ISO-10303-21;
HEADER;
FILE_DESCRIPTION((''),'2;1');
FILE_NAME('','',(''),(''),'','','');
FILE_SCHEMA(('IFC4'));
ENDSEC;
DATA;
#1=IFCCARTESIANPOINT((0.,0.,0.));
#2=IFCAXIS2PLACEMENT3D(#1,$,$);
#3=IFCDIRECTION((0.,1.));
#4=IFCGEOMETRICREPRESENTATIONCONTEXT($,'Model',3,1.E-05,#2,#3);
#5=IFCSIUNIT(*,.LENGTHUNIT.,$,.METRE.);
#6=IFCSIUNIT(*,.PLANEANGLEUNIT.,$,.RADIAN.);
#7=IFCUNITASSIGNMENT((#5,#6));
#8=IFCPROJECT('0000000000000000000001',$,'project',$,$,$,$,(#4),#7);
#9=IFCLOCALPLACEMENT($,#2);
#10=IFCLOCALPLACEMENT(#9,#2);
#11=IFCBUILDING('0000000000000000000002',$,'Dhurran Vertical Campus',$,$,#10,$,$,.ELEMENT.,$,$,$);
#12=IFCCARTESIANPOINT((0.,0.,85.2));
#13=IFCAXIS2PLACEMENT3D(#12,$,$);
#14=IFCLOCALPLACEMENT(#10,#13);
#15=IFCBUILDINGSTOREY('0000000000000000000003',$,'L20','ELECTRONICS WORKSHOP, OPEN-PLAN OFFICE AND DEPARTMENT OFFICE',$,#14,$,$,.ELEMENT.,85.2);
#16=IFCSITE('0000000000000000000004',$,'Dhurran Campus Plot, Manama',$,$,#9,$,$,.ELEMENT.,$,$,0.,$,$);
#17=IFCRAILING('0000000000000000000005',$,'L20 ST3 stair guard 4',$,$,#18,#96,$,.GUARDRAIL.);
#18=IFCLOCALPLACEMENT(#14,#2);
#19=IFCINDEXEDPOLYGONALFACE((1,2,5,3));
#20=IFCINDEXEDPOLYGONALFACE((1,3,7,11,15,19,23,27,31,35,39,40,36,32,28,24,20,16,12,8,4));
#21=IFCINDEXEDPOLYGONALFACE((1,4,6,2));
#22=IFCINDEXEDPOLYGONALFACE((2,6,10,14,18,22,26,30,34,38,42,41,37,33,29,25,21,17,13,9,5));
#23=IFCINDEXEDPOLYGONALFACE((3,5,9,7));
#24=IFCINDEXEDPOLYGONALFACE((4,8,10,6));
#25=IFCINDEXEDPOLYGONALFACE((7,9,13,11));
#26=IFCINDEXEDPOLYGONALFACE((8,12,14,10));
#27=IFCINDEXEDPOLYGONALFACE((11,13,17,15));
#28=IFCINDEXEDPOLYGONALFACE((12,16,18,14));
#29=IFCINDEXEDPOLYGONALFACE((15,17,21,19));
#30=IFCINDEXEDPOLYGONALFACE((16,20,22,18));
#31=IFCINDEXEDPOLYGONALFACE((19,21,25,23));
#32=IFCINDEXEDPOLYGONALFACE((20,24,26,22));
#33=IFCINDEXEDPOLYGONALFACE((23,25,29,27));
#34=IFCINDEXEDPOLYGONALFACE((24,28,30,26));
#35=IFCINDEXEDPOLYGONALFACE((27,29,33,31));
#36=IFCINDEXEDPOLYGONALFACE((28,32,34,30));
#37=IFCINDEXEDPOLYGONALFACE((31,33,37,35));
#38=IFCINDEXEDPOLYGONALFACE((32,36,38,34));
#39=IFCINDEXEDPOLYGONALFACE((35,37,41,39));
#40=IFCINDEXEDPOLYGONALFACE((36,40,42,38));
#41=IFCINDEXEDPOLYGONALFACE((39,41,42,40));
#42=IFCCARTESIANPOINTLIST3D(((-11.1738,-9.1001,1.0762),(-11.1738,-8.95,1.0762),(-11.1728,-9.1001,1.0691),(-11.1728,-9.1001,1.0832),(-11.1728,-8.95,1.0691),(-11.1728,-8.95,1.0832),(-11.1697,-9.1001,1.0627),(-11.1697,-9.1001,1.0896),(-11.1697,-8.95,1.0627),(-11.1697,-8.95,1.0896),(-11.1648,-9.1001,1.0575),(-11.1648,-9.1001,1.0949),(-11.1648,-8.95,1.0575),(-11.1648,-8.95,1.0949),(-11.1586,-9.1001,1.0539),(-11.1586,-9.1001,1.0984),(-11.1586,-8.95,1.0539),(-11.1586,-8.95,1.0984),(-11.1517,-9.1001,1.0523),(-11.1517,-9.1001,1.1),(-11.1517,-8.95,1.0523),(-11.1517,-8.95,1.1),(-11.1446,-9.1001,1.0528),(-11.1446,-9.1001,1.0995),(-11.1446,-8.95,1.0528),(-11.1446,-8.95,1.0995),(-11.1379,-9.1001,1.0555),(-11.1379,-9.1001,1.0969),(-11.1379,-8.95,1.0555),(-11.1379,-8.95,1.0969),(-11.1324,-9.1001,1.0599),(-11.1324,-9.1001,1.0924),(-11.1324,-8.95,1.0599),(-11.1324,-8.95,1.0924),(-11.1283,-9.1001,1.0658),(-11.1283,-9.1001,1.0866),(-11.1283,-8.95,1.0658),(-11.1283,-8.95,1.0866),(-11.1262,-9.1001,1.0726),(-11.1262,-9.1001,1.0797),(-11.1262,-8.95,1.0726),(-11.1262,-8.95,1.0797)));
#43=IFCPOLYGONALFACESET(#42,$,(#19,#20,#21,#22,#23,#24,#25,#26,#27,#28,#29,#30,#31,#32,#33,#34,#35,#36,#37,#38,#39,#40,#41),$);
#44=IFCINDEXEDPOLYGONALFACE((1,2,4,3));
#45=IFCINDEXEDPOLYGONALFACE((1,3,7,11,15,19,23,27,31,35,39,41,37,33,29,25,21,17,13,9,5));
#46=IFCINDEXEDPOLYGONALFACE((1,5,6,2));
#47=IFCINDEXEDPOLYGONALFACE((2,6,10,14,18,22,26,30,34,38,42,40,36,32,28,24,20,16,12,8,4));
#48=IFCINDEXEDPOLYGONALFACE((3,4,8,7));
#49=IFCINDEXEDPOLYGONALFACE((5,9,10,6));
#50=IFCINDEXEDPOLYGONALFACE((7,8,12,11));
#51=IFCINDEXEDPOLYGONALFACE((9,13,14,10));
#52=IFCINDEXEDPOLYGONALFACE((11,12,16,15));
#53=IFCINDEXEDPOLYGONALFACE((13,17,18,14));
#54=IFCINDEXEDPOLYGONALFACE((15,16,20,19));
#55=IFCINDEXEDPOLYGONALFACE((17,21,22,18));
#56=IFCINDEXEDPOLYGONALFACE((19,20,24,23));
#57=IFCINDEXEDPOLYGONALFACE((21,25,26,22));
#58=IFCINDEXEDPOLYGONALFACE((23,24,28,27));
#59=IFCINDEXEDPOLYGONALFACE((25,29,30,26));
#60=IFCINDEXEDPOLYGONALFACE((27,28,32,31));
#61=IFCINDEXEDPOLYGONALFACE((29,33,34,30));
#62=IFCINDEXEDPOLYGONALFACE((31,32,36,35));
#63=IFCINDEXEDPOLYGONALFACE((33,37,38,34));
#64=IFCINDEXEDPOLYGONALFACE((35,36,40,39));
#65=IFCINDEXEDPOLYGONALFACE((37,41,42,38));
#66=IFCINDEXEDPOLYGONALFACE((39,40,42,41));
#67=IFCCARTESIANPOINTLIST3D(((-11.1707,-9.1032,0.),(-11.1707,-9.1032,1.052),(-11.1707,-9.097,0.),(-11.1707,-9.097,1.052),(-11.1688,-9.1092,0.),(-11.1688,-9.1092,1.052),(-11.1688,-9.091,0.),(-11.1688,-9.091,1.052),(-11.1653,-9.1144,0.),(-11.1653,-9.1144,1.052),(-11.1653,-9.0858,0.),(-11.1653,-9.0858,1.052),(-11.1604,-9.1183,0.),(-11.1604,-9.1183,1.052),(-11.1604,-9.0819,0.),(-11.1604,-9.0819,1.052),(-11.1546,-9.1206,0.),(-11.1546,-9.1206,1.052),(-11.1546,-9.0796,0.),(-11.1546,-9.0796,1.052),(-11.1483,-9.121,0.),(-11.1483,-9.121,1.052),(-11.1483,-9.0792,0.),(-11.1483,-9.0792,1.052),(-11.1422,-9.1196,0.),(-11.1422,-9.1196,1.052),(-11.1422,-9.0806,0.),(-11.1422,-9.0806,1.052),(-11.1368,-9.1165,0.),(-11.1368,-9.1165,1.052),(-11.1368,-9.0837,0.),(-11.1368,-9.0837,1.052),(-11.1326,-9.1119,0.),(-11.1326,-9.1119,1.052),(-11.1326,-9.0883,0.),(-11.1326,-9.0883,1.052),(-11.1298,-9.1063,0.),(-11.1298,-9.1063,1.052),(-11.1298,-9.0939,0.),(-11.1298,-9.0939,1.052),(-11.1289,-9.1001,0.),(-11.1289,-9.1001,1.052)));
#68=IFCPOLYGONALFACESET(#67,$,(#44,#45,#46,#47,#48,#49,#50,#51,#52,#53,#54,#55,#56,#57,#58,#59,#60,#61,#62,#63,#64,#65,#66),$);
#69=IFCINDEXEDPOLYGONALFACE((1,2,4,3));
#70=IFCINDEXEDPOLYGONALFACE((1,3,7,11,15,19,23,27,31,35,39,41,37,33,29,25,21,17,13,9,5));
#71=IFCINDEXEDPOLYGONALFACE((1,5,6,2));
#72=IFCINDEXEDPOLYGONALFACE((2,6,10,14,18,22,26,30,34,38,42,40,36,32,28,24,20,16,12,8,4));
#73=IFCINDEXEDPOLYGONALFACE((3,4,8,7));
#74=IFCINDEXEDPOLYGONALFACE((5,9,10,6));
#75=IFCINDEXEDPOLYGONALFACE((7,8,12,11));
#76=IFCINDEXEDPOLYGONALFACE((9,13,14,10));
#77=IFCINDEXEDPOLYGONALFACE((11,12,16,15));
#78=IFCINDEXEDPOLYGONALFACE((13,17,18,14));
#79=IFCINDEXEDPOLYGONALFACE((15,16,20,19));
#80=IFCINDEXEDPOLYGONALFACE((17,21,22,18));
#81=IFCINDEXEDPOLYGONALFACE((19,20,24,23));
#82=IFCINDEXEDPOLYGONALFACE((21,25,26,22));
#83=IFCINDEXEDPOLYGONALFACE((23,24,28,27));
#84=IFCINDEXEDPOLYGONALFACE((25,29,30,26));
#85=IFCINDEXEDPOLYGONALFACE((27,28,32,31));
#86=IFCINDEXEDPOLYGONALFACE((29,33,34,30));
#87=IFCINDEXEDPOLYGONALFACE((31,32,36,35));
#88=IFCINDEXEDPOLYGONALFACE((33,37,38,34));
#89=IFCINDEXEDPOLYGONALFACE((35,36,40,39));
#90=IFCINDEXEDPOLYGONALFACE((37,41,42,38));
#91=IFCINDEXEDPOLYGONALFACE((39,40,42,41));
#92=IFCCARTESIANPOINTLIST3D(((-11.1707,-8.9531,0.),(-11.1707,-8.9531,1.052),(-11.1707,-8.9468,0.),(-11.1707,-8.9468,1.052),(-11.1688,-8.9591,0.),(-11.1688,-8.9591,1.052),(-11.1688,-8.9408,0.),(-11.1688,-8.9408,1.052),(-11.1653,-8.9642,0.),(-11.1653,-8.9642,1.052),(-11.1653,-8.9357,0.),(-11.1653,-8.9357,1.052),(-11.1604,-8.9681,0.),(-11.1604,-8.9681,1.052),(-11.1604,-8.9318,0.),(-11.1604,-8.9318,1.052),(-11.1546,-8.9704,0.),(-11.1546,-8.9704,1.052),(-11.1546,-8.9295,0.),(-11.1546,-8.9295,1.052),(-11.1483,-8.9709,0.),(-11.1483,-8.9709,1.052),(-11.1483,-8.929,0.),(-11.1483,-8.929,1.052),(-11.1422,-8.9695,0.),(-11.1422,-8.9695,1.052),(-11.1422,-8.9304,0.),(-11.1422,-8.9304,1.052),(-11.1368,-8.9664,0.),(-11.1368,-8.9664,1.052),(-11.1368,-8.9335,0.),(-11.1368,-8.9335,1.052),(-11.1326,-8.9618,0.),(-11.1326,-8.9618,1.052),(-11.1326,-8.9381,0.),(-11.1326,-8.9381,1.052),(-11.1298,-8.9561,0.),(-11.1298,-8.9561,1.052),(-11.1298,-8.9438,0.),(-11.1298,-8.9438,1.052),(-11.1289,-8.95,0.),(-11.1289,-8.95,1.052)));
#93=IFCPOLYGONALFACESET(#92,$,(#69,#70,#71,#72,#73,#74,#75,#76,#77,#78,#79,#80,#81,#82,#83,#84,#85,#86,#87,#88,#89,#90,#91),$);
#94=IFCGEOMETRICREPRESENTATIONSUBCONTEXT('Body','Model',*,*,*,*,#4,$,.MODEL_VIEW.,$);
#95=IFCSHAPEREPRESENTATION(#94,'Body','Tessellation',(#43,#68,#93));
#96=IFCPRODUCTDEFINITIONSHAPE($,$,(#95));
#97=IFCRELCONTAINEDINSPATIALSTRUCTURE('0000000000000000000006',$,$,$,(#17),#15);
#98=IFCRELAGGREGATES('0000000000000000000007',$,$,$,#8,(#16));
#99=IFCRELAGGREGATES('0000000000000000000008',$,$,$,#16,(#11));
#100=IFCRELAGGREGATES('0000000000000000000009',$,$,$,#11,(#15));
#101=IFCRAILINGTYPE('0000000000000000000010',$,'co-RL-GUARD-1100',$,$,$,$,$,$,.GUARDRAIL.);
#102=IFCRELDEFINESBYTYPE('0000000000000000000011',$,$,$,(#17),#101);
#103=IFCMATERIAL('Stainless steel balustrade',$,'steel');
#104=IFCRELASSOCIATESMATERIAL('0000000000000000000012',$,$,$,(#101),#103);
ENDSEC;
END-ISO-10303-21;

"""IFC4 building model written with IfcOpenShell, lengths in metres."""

from ifc_helpers import new_model, si_unit, direction, frame, origin, origin_2d, place, context, subcontext, project, spatial, circle, extrude, material, type_object, element, save


model = new_model("IFC4")

# Units and contexts
model_context = context("Model", 3, precision=1e-05, world=origin(), true_north=direction((0.0, 1.0)))
body_context = subcontext(model_context, "Body", "Model", "MODEL_VIEW")
ifc_project = project(units=[si_unit("LENGTHUNIT", "METRE"), si_unit("PLANEANGLEUNIT", "RADIAN")], contexts=[model_context])

# Site, building, storey
site_placement = place(None, origin())
site = spatial("IfcSite", under=ifc_project, at=site_placement, Name="Dhurran Campus Plot, Manama", CompositionType="ELEMENT", RefElevation=0.0)
building_placement = place(site_placement, origin())
building = spatial("IfcBuilding", under=site, at=building_placement, Name="Dhurran Vertical Campus", CompositionType="ELEMENT")
storey_placement = place(building_placement, frame((0.0, 0.0, 85.2)))
storey = spatial("IfcBuildingStorey", under=building, at=storey_placement, Name="L20", Description="ELECTRONICS WORKSHOP, OPEN-PLAN OFFICE AND DEPARTMENT OFFICE", CompositionType="ELEMENT", Elevation=85.2)

# Railing
ifc_material_1 = material(Name="Stainless steel balustrade", Category="steel")
railing_type_1 = type_object("IfcRailingType", Name="co-RL-GUARD-1100", PredefinedType="GUARDRAIL", material=ifc_material_1)
railing_1_placement = place(storey_placement, frame((-11.1499, -9.1001, 0.0)))
element("IfcRailing", 1, at=railing_1_placement, inside=storey, type_object=railing_type_1, Name="L20 ST3 stair guard 4", PredefinedType="GUARDRAIL", context=body_context, shape_type="SweptSolid", body=[
    extrude(circle(Radius=0.0239, at=origin_2d()), frame((0.0, 0.0, 1.0762), z_axis=(0.0, 1.0, 0.0), x_axis=(-1.0, 0.0, 0.0)), (0.0, 0.0, 1.0), 0.1501),
    extrude(circle(Radius=0.021, at=origin_2d()), origin(), (0.0, 0.0, 1.0), 1.052),
    extrude(circle(Radius=0.021, at=origin_2d()), frame((0.0, 0.1501, 0.0)), (0.0, 0.0, 1.0), 1.052),
])

save(model, "model.ifc")
